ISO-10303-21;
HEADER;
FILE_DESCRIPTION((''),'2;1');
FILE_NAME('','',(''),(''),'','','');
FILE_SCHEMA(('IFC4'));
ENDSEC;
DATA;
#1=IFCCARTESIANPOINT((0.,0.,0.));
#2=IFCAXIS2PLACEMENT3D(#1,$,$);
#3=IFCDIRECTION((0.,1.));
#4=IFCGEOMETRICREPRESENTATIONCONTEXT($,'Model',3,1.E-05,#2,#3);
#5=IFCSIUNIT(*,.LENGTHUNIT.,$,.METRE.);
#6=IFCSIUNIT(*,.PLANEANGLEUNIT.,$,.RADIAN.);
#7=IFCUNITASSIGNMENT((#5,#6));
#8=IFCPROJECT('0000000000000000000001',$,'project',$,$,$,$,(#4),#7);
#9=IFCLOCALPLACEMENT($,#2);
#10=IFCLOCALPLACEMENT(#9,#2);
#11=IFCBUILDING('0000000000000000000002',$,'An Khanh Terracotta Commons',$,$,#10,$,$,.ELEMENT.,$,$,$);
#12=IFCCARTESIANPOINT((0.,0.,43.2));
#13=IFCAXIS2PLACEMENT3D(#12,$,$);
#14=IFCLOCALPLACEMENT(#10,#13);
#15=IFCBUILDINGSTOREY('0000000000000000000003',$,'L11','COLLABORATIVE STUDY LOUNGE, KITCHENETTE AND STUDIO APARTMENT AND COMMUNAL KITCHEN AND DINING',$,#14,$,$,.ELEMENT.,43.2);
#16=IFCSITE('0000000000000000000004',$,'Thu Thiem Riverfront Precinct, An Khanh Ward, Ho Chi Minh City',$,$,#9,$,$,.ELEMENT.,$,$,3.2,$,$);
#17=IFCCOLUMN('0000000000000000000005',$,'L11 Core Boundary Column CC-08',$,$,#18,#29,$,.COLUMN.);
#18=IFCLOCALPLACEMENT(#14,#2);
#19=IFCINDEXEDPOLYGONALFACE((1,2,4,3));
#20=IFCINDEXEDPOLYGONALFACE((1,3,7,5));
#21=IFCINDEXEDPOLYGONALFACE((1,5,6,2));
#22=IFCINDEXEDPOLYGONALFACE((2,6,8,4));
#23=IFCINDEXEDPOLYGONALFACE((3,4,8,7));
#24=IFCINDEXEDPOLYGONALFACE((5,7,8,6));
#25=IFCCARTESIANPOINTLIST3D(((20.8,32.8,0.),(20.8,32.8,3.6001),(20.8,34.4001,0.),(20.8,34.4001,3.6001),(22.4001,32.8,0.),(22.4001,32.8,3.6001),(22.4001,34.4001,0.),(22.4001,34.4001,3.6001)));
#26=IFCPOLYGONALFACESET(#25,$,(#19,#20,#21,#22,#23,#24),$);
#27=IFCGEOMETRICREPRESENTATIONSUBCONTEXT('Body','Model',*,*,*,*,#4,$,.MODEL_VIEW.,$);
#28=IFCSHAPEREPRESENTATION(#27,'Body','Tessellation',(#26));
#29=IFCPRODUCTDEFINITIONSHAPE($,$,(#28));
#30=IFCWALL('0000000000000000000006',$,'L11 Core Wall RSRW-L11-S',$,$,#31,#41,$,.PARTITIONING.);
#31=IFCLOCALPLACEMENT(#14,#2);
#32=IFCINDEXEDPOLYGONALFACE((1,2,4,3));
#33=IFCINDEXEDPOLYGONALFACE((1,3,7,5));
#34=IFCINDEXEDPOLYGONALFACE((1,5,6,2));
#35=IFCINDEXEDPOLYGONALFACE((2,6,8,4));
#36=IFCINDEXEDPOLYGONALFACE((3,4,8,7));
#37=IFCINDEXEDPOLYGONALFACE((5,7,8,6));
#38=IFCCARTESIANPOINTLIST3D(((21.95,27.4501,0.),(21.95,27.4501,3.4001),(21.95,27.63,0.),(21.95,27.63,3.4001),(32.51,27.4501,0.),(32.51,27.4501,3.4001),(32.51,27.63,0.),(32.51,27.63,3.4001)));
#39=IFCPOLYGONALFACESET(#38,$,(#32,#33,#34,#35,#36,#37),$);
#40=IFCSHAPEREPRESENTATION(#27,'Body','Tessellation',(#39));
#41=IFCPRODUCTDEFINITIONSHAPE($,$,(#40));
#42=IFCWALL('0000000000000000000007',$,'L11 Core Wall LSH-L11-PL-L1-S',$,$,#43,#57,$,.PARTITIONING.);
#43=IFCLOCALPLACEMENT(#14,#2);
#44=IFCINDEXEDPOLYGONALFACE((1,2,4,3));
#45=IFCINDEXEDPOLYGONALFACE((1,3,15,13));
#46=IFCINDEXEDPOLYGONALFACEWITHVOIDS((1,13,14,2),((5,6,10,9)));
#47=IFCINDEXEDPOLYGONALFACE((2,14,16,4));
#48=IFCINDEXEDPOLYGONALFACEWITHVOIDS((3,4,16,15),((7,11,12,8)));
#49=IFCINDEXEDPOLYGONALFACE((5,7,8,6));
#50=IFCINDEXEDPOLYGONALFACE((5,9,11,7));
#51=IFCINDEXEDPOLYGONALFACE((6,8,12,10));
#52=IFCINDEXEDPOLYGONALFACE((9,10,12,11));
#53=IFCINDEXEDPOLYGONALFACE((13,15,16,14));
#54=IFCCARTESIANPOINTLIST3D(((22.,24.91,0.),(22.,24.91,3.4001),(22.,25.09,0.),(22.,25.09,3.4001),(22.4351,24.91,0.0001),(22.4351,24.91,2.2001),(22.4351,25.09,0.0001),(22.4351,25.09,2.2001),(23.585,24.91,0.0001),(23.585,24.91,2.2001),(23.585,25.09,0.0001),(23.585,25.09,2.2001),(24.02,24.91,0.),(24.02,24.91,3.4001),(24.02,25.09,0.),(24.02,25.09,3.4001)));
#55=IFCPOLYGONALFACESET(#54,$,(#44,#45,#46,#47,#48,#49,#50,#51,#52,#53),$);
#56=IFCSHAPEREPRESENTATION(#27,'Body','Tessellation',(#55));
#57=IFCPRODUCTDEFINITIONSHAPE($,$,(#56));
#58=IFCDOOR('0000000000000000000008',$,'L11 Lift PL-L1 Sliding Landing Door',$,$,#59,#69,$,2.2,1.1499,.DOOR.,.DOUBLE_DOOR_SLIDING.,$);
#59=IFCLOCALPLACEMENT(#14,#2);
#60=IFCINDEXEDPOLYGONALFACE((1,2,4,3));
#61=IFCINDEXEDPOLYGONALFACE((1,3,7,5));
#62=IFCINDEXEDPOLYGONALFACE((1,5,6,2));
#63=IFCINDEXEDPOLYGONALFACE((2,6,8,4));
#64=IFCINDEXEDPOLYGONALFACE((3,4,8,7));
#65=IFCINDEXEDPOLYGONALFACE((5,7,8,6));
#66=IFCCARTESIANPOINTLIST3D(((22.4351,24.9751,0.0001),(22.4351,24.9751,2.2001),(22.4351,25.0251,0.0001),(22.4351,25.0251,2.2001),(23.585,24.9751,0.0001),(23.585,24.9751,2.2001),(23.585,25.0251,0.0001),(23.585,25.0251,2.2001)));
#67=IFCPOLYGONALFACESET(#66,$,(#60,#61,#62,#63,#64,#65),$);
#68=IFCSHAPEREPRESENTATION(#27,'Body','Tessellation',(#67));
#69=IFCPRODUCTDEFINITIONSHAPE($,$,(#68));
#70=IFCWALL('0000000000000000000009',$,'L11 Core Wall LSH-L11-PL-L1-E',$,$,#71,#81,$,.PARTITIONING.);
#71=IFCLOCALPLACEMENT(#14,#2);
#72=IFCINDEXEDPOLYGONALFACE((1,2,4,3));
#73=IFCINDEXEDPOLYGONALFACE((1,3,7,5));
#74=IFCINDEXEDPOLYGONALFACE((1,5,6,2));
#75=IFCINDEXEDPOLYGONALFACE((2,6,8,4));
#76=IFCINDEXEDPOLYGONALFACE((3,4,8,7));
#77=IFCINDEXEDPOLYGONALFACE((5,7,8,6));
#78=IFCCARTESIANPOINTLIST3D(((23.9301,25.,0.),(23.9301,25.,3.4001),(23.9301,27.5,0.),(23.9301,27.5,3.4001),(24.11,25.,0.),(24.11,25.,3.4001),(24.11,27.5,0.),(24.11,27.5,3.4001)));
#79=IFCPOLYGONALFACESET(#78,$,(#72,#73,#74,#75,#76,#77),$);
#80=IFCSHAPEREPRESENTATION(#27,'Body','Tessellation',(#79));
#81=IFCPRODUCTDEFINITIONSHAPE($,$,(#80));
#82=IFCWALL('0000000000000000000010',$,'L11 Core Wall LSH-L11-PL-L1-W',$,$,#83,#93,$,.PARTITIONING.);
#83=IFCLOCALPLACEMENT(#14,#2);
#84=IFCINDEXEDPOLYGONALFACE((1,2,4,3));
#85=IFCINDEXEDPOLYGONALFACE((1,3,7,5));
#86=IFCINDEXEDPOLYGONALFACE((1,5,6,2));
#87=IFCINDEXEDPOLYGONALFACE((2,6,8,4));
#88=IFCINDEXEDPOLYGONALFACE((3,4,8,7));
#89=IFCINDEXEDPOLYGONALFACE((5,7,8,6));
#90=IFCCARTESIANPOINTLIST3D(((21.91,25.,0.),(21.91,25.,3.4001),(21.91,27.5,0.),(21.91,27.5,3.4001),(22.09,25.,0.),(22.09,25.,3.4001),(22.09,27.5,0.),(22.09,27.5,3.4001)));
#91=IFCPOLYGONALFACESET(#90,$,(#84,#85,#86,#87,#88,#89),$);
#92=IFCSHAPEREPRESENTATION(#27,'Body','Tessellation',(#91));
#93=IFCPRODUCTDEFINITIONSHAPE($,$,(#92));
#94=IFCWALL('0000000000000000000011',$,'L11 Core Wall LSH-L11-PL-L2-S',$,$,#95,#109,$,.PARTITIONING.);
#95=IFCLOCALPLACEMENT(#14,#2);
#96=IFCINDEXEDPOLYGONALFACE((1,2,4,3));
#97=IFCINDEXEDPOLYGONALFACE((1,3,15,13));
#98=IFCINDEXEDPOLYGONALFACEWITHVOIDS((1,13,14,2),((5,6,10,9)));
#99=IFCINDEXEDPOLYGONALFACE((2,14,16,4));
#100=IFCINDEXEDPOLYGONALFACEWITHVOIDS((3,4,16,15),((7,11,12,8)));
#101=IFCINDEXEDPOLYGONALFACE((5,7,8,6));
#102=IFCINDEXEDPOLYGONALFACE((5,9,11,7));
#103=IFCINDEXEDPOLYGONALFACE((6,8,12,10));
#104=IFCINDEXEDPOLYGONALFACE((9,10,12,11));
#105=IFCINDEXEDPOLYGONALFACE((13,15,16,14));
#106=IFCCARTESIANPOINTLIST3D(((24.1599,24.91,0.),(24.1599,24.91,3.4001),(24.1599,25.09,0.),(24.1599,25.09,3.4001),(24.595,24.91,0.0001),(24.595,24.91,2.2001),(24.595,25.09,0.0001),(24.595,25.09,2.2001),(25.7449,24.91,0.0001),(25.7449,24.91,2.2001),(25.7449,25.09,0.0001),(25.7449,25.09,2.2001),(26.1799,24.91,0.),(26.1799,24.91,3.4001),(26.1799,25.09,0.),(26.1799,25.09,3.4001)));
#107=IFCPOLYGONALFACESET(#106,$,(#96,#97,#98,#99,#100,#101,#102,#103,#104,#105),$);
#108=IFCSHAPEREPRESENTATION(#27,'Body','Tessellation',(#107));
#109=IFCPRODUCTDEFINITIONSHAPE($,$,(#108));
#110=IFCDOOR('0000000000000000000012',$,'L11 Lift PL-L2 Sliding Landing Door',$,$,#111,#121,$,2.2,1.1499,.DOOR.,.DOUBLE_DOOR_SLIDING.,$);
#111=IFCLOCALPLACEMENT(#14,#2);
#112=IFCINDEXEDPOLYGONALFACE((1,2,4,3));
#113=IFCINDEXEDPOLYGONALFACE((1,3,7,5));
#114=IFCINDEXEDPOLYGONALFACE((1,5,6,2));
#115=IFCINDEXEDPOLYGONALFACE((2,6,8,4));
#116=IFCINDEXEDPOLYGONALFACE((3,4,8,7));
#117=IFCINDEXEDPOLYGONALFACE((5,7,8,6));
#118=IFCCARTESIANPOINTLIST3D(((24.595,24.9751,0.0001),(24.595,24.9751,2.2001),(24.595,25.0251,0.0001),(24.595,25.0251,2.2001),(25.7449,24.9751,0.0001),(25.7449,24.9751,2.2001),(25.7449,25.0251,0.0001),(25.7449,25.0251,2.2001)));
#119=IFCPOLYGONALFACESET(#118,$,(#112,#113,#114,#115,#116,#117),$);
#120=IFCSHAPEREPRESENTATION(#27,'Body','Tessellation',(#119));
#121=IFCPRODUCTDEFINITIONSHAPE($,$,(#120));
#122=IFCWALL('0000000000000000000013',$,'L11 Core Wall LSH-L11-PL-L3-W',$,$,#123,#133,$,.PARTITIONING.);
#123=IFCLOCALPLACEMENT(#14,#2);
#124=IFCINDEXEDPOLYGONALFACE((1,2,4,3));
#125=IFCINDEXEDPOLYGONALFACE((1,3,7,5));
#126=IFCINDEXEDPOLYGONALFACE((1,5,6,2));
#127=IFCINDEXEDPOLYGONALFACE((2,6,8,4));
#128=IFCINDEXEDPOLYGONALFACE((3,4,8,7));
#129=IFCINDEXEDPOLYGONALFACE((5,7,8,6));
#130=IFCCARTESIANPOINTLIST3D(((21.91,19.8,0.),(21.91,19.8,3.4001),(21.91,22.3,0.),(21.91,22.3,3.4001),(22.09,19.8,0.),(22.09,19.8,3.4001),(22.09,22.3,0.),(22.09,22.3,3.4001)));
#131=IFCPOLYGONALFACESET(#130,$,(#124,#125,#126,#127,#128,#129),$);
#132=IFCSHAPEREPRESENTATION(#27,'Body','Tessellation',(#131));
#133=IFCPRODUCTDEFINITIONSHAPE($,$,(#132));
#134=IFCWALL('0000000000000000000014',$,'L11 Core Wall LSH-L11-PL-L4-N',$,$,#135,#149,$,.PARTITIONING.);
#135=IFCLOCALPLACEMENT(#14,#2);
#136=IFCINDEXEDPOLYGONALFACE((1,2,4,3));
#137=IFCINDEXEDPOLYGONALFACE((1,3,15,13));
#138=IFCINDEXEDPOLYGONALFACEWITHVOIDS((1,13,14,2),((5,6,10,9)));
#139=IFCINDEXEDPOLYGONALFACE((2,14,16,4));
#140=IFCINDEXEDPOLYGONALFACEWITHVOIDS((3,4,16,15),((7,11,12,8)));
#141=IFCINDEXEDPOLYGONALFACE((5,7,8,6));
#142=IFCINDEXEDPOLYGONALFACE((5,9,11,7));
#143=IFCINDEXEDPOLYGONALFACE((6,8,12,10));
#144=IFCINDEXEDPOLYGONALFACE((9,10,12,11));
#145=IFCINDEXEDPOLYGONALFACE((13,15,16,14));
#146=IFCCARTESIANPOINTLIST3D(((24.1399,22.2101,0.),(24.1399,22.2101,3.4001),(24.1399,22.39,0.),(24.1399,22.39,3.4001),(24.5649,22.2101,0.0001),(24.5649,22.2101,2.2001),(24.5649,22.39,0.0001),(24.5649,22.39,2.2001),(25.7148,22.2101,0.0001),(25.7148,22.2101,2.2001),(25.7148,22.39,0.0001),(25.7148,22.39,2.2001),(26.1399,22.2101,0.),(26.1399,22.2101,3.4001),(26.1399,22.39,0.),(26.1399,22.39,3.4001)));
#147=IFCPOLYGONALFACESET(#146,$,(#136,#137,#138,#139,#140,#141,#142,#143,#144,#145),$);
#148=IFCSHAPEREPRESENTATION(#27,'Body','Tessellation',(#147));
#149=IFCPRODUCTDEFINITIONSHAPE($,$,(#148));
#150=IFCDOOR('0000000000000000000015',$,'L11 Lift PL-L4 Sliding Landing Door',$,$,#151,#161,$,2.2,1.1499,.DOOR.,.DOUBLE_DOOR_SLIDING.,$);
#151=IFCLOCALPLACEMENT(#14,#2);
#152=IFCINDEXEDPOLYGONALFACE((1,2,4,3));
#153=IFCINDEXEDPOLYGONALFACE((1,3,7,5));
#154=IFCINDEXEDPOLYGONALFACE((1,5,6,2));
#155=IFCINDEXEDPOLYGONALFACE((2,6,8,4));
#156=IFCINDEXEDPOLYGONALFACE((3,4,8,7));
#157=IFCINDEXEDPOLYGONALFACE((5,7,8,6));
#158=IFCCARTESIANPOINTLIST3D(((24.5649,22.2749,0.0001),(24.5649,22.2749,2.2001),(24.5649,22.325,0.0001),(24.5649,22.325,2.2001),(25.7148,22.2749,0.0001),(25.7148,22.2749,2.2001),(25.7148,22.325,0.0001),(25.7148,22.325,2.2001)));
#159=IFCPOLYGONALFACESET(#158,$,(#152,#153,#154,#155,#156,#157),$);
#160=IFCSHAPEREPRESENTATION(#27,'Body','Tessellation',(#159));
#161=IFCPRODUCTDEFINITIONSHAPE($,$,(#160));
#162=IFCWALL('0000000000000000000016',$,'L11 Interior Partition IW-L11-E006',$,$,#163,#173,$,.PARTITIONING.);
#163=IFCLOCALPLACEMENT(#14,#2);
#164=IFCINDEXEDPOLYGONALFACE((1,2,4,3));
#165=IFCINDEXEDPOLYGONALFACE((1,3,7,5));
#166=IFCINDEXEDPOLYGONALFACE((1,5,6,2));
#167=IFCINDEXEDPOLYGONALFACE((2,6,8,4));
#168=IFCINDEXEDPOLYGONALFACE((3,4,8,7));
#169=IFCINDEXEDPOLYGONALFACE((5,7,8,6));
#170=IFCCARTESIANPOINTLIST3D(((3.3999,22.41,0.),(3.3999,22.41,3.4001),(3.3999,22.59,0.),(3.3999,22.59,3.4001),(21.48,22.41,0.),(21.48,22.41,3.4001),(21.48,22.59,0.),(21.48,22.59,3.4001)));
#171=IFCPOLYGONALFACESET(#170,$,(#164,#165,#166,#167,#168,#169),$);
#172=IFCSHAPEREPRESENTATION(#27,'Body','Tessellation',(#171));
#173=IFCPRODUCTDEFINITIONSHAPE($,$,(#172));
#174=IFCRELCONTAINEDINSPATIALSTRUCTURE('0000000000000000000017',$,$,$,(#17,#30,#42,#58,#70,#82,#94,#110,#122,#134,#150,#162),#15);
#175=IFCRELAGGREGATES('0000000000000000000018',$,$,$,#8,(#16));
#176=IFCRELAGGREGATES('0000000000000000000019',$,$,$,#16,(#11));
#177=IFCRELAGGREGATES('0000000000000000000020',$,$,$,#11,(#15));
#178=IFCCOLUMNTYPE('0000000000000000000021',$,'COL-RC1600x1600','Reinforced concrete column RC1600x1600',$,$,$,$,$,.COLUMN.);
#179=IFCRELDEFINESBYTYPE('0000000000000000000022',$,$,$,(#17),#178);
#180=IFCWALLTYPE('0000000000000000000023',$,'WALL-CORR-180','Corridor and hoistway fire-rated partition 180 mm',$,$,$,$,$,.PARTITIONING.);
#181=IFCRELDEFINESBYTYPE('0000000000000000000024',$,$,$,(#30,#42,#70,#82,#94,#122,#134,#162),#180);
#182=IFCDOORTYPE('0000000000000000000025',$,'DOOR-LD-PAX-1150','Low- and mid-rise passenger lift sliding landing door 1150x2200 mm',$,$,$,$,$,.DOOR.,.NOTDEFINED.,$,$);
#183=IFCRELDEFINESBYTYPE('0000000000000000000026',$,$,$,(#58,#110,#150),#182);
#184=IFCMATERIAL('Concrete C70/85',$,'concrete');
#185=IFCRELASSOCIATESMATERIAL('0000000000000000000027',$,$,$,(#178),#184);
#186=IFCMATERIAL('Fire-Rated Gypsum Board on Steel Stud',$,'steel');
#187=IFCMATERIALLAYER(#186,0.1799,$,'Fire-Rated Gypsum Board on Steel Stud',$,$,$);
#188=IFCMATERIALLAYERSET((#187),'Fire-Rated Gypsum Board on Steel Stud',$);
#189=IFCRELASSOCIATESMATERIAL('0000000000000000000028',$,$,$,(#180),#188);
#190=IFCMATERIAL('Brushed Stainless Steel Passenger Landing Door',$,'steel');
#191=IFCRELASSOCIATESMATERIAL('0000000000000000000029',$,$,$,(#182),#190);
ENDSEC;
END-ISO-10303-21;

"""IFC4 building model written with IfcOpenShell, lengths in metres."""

from ifc_helpers import new_model, si_unit, direction, frame, frame_2d, origin, origin_2d, place, context, subcontext, project, spatial, rectangle, extrude, material, layer, layer_set, material_profile, profile_set, type_object, element, fill, save


model = new_model("IFC4")

# Units and contexts
model_context = context("Model", 3, precision=1e-05, world=origin(), true_north=direction((0.0, 1.0)))
body_context = subcontext(model_context, "Body", "Model", "MODEL_VIEW")
ifc_project = project(units=[si_unit("LENGTHUNIT", "METRE"), si_unit("PLANEANGLEUNIT", "RADIAN")], contexts=[model_context])

# Site, building, storey
site_placement = place(None, origin())
site = spatial("IfcSite", under=ifc_project, at=site_placement, Name="Thu Thiem Riverfront Precinct, An Khanh Ward, Ho Chi Minh City", CompositionType="ELEMENT", RefElevation=3.2)
building_placement = place(site_placement, origin())
building = spatial("IfcBuilding", under=site, at=building_placement, Name="An Khanh Terracotta Commons", CompositionType="ELEMENT")
storey_placement = place(building_placement, frame((0.0, 0.0, 43.2)))
storey = spatial("IfcBuildingStorey", under=building, at=storey_placement, Name="L11", Description="COLLABORATIVE STUDY LOUNGE, KITCHENETTE AND STUDIO APARTMENT AND COMMUNAL KITCHEN AND DINING", CompositionType="ELEMENT", Elevation=43.2)

# Column
ifc_material_1 = material(Name="Concrete C70/85", Category="concrete")
ifc_material_profile = material_profile(ifc_material_1, rectangle(XDim=1.6001, YDim=1.6001, at=origin_2d()), Name="RC1600x1600")
ifc_profile_set = profile_set([ifc_material_profile], Name="Concrete C70/85")
column_type = type_object("IfcColumnType", Name="COL-RC1600x1600", Description="Reinforced concrete column RC1600x1600", PredefinedType="COLUMN", material=ifc_profile_set)
column_placement = place(storey_placement, frame((21.6001, 33.6001, 0.0), z_axis=(0.0, 0.0, 1.0), x_axis=(1.0, 0.0, 0.0)))
element("IfcColumn", 1, at=column_placement, inside=storey, type_object=column_type, Name="L11 Core Boundary Column CC-08", PredefinedType="COLUMN", context=body_context, shape_type="SweptSolid", body=[
    extrude(rectangle(XDim=1.6001, YDim=1.6001, at=origin_2d()), origin(), (0.0, 0.0, 1.0), 3.6001),
])

# Wall
ifc_material_2 = material(Name="Fire-Rated Gypsum Board on Steel Stud", Category="steel")
ifc_layer_1 = layer(ifc_material_2, 0.1799, Name="Fire-Rated Gypsum Board on Steel Stud")
ifc_layer_set_1 = layer_set([ifc_layer_1], Name="Fire-Rated Gypsum Board on Steel Stud")
wall_type_1 = type_object("IfcWallType", Name="WALL-CORR-180", Description="Corridor and hoistway fire-rated partition 180 mm", PredefinedType="PARTITIONING", material=ifc_layer_set_1)
wall_1_placement = place(storey_placement, frame((21.95, 27.54, 0.0), z_axis=(0.0, 0.0, 1.0), x_axis=(1.0, 0.0, 0.0)))
element("IfcWall", 2, at=wall_1_placement, inside=storey, type_object=wall_type_1, Name="L11 Core Wall RSRW-L11-S", PredefinedType="PARTITIONING", context=body_context, shape_type="SweptSolid", body=[
    extrude(rectangle(XDim=10.5601, YDim=0.1799, at=frame_2d((5.28, 0.0))), origin(), (0.0, 0.0, 1.0), 3.4001),
])

# Wall, opening, door
wall_2_placement = place(storey_placement, frame((24.02, 25.0, 0.0), z_axis=(0.0, 0.0, 1.0), x_axis=(-1.0, 0.0, 0.0)))
wall_2 = element("IfcWall", 3, at=wall_2_placement, inside=storey, type_object=wall_type_1, Name="L11 Core Wall LSH-L11-PL-L1-S", PredefinedType="PARTITIONING", context=body_context, shape_type="SweptSolid", body=[
    extrude(rectangle(XDim=2.02, YDim=0.1799, at=frame_2d((1.01, 0.0))), origin(), (0.0, 0.0, 1.0), 3.4001),
])
opening_1_placement = place(wall_2_placement, frame((0.4351, 0.0, 0.0)))
opening_1 = element("IfcOpeningElement", 4, at=opening_1_placement, cuts=wall_2, PredefinedType="OPENING", context=body_context, shape_type="SweptSolid", body=[
    extrude(rectangle(XDim=1.1499, YDim=2.2, at=frame_2d((0.575, 1.1001))), frame((0.0, 0.0999, 0.0), z_axis=(0.0, -1.0, 0.0), x_axis=(1.0, 0.0, 0.0)), (0.0, 0.0, 1.0), 0.2),
])
ifc_material_3 = material(Name="Brushed Stainless Steel Passenger Landing Door", Category="steel")
door_type_1 = type_object("IfcDoorType", Name="DOOR-LD-PAX-1150", Description="Low- and mid-rise passenger lift sliding landing door 1150x2200 mm", OperationType="NOTDEFINED", PredefinedType="DOOR", material=ifc_material_3)
door_1_placement = place(opening_1_placement, origin())
door_1 = element("IfcDoor", 5, at=door_1_placement, inside=storey, type_object=door_type_1, Name="L11 Lift PL-L1 Sliding Landing Door", OperationType="DOUBLE_DOOR_SLIDING", OverallHeight=2.2, OverallWidth=1.1499, PredefinedType="DOOR", context=body_context, shape_type="SweptSolid", body=[
    extrude(rectangle(XDim=1.1499, YDim=2.2, at=frame_2d((0.575, 1.1001))), frame((0.0, 0.0249, 0.0), z_axis=(0.0, -1.0, 0.0), x_axis=(1.0, 0.0, 0.0)), (0.0, 0.0, 1.0), 0.05),
])
fill(opening_1, door_1)

# Walls
for number, where, z_axis, x_axis, name in (
    (6, (24.02, 25.0, 0.0), (0.0, 0.0, 1.0), (0.0, 1.0, 0.0), "L11 Core Wall LSH-L11-PL-L1-E"),
    (7, (22.0, 27.5, 0.0), (0.0, 0.0, 1.0), (0.0, -1.0, 0.0), "L11 Core Wall LSH-L11-PL-L1-W"),
):
    element("IfcWall", number, at=place(storey_placement, frame(where, z_axis=z_axis, x_axis=x_axis)), inside=storey, type_object=wall_type_1, Name=name, PredefinedType="PARTITIONING", context=body_context, shape_type="SweptSolid", body=[
        extrude(rectangle(XDim=2.5, YDim=0.1799, at=frame_2d((1.25, 0.0))), origin(), (0.0, 0.0, 1.0), 3.4001),
    ])

# Wall, opening, door
wall_3_placement = place(storey_placement, frame((26.1799, 25.0, 0.0), z_axis=(0.0, 0.0, 1.0), x_axis=(-1.0, 0.0, 0.0)))
wall_3 = element("IfcWall", 8, at=wall_3_placement, inside=storey, type_object=wall_type_1, Name="L11 Core Wall LSH-L11-PL-L2-S", PredefinedType="PARTITIONING", context=body_context, shape_type="SweptSolid", body=[
    extrude(rectangle(XDim=2.02, YDim=0.1799, at=frame_2d((1.01, 0.0))), origin(), (0.0, 0.0, 1.0), 3.4001),
])
opening_2_placement = place(wall_3_placement, frame((0.4351, 0.0, 0.0)))
opening_2 = element("IfcOpeningElement", 9, at=opening_2_placement, cuts=wall_3, PredefinedType="OPENING", context=body_context, shape_type="SweptSolid", body=[
    extrude(rectangle(XDim=1.1499, YDim=2.2, at=frame_2d((0.575, 1.1001))), frame((0.0, 0.0999, 0.0), z_axis=(0.0, -1.0, 0.0), x_axis=(1.0, 0.0, 0.0)), (0.0, 0.0, 1.0), 0.2),
])
door_2_placement = place(opening_2_placement, origin())
door_2 = element("IfcDoor", 10, at=door_2_placement, inside=storey, type_object=door_type_1, Name="L11 Lift PL-L2 Sliding Landing Door", OperationType="DOUBLE_DOOR_SLIDING", OverallHeight=2.2, OverallWidth=1.1499, PredefinedType="DOOR", context=body_context, shape_type="SweptSolid", body=[
    extrude(rectangle(XDim=1.1499, YDim=2.2, at=frame_2d((0.575, 1.1001))), frame((0.0, 0.0249, 0.0), z_axis=(0.0, -1.0, 0.0), x_axis=(1.0, 0.0, 0.0)), (0.0, 0.0, 1.0), 0.05),
])
fill(opening_2, door_2)

# Wall
wall_4_placement = place(storey_placement, frame((22.0, 22.3, 0.0), z_axis=(0.0, 0.0, 1.0), x_axis=(0.0, -1.0, 0.0)))
element("IfcWall", 11, at=wall_4_placement, inside=storey, type_object=wall_type_1, Name="L11 Core Wall LSH-L11-PL-L3-W", PredefinedType="PARTITIONING", context=body_context, shape_type="SweptSolid", body=[
    extrude(rectangle(XDim=2.5, YDim=0.1799, at=frame_2d((1.25, 0.0))), origin(), (0.0, 0.0, 1.0), 3.4001),
])

# Wall, opening, door
wall_5_placement = place(storey_placement, frame((24.1399, 22.3, 0.0), z_axis=(0.0, 0.0, 1.0), x_axis=(1.0, 0.0, 0.0)))
wall_5 = element("IfcWall", 12, at=wall_5_placement, inside=storey, type_object=wall_type_1, Name="L11 Core Wall LSH-L11-PL-L4-N", PredefinedType="PARTITIONING", context=body_context, shape_type="SweptSolid", body=[
    extrude(rectangle(XDim=2.0, YDim=0.1799, at=frame_2d((1.0, 0.0))), origin(), (0.0, 0.0, 1.0), 3.4001),
])
opening_3_placement = place(wall_5_placement, frame((0.425, 0.0, 0.0)))
opening_3 = element("IfcOpeningElement", 13, at=opening_3_placement, cuts=wall_5, PredefinedType="OPENING", context=body_context, shape_type="SweptSolid", body=[
    extrude(rectangle(XDim=1.1499, YDim=2.2, at=frame_2d((0.575, 1.1001))), frame((0.0, 0.0999, 0.0), z_axis=(0.0, -1.0, 0.0), x_axis=(1.0, 0.0, 0.0)), (0.0, 0.0, 1.0), 0.2),
])
door_3_placement = place(opening_3_placement, origin())
door_3 = element("IfcDoor", 14, at=door_3_placement, inside=storey, type_object=door_type_1, Name="L11 Lift PL-L4 Sliding Landing Door", OperationType="DOUBLE_DOOR_SLIDING", OverallHeight=2.2, OverallWidth=1.1499, PredefinedType="DOOR", context=body_context, shape_type="SweptSolid", body=[
    extrude(rectangle(XDim=1.1499, YDim=2.2, at=frame_2d((0.575, 1.1001))), frame((0.0, 0.0249, 0.0), z_axis=(0.0, -1.0, 0.0), x_axis=(1.0, 0.0, 0.0)), (0.0, 0.0, 1.0), 0.05),
])
fill(opening_3, door_3)

# Wall
wall_6_placement = place(storey_placement, frame((3.3999, 22.5, 0.0), z_axis=(0.0, 0.0, 1.0), x_axis=(1.0, 0.0, 0.0)))
element("IfcWall", 15, at=wall_6_placement, inside=storey, type_object=wall_type_1, Name="L11 Interior Partition IW-L11-E006", PredefinedType="PARTITIONING", context=body_context, shape_type="SweptSolid", body=[
    extrude(rectangle(XDim=18.0801, YDim=0.1799, at=frame_2d((9.04, 0.0))), origin(), (0.0, 0.0, 1.0), 3.4001),
])

save(model, "model.ifc")
